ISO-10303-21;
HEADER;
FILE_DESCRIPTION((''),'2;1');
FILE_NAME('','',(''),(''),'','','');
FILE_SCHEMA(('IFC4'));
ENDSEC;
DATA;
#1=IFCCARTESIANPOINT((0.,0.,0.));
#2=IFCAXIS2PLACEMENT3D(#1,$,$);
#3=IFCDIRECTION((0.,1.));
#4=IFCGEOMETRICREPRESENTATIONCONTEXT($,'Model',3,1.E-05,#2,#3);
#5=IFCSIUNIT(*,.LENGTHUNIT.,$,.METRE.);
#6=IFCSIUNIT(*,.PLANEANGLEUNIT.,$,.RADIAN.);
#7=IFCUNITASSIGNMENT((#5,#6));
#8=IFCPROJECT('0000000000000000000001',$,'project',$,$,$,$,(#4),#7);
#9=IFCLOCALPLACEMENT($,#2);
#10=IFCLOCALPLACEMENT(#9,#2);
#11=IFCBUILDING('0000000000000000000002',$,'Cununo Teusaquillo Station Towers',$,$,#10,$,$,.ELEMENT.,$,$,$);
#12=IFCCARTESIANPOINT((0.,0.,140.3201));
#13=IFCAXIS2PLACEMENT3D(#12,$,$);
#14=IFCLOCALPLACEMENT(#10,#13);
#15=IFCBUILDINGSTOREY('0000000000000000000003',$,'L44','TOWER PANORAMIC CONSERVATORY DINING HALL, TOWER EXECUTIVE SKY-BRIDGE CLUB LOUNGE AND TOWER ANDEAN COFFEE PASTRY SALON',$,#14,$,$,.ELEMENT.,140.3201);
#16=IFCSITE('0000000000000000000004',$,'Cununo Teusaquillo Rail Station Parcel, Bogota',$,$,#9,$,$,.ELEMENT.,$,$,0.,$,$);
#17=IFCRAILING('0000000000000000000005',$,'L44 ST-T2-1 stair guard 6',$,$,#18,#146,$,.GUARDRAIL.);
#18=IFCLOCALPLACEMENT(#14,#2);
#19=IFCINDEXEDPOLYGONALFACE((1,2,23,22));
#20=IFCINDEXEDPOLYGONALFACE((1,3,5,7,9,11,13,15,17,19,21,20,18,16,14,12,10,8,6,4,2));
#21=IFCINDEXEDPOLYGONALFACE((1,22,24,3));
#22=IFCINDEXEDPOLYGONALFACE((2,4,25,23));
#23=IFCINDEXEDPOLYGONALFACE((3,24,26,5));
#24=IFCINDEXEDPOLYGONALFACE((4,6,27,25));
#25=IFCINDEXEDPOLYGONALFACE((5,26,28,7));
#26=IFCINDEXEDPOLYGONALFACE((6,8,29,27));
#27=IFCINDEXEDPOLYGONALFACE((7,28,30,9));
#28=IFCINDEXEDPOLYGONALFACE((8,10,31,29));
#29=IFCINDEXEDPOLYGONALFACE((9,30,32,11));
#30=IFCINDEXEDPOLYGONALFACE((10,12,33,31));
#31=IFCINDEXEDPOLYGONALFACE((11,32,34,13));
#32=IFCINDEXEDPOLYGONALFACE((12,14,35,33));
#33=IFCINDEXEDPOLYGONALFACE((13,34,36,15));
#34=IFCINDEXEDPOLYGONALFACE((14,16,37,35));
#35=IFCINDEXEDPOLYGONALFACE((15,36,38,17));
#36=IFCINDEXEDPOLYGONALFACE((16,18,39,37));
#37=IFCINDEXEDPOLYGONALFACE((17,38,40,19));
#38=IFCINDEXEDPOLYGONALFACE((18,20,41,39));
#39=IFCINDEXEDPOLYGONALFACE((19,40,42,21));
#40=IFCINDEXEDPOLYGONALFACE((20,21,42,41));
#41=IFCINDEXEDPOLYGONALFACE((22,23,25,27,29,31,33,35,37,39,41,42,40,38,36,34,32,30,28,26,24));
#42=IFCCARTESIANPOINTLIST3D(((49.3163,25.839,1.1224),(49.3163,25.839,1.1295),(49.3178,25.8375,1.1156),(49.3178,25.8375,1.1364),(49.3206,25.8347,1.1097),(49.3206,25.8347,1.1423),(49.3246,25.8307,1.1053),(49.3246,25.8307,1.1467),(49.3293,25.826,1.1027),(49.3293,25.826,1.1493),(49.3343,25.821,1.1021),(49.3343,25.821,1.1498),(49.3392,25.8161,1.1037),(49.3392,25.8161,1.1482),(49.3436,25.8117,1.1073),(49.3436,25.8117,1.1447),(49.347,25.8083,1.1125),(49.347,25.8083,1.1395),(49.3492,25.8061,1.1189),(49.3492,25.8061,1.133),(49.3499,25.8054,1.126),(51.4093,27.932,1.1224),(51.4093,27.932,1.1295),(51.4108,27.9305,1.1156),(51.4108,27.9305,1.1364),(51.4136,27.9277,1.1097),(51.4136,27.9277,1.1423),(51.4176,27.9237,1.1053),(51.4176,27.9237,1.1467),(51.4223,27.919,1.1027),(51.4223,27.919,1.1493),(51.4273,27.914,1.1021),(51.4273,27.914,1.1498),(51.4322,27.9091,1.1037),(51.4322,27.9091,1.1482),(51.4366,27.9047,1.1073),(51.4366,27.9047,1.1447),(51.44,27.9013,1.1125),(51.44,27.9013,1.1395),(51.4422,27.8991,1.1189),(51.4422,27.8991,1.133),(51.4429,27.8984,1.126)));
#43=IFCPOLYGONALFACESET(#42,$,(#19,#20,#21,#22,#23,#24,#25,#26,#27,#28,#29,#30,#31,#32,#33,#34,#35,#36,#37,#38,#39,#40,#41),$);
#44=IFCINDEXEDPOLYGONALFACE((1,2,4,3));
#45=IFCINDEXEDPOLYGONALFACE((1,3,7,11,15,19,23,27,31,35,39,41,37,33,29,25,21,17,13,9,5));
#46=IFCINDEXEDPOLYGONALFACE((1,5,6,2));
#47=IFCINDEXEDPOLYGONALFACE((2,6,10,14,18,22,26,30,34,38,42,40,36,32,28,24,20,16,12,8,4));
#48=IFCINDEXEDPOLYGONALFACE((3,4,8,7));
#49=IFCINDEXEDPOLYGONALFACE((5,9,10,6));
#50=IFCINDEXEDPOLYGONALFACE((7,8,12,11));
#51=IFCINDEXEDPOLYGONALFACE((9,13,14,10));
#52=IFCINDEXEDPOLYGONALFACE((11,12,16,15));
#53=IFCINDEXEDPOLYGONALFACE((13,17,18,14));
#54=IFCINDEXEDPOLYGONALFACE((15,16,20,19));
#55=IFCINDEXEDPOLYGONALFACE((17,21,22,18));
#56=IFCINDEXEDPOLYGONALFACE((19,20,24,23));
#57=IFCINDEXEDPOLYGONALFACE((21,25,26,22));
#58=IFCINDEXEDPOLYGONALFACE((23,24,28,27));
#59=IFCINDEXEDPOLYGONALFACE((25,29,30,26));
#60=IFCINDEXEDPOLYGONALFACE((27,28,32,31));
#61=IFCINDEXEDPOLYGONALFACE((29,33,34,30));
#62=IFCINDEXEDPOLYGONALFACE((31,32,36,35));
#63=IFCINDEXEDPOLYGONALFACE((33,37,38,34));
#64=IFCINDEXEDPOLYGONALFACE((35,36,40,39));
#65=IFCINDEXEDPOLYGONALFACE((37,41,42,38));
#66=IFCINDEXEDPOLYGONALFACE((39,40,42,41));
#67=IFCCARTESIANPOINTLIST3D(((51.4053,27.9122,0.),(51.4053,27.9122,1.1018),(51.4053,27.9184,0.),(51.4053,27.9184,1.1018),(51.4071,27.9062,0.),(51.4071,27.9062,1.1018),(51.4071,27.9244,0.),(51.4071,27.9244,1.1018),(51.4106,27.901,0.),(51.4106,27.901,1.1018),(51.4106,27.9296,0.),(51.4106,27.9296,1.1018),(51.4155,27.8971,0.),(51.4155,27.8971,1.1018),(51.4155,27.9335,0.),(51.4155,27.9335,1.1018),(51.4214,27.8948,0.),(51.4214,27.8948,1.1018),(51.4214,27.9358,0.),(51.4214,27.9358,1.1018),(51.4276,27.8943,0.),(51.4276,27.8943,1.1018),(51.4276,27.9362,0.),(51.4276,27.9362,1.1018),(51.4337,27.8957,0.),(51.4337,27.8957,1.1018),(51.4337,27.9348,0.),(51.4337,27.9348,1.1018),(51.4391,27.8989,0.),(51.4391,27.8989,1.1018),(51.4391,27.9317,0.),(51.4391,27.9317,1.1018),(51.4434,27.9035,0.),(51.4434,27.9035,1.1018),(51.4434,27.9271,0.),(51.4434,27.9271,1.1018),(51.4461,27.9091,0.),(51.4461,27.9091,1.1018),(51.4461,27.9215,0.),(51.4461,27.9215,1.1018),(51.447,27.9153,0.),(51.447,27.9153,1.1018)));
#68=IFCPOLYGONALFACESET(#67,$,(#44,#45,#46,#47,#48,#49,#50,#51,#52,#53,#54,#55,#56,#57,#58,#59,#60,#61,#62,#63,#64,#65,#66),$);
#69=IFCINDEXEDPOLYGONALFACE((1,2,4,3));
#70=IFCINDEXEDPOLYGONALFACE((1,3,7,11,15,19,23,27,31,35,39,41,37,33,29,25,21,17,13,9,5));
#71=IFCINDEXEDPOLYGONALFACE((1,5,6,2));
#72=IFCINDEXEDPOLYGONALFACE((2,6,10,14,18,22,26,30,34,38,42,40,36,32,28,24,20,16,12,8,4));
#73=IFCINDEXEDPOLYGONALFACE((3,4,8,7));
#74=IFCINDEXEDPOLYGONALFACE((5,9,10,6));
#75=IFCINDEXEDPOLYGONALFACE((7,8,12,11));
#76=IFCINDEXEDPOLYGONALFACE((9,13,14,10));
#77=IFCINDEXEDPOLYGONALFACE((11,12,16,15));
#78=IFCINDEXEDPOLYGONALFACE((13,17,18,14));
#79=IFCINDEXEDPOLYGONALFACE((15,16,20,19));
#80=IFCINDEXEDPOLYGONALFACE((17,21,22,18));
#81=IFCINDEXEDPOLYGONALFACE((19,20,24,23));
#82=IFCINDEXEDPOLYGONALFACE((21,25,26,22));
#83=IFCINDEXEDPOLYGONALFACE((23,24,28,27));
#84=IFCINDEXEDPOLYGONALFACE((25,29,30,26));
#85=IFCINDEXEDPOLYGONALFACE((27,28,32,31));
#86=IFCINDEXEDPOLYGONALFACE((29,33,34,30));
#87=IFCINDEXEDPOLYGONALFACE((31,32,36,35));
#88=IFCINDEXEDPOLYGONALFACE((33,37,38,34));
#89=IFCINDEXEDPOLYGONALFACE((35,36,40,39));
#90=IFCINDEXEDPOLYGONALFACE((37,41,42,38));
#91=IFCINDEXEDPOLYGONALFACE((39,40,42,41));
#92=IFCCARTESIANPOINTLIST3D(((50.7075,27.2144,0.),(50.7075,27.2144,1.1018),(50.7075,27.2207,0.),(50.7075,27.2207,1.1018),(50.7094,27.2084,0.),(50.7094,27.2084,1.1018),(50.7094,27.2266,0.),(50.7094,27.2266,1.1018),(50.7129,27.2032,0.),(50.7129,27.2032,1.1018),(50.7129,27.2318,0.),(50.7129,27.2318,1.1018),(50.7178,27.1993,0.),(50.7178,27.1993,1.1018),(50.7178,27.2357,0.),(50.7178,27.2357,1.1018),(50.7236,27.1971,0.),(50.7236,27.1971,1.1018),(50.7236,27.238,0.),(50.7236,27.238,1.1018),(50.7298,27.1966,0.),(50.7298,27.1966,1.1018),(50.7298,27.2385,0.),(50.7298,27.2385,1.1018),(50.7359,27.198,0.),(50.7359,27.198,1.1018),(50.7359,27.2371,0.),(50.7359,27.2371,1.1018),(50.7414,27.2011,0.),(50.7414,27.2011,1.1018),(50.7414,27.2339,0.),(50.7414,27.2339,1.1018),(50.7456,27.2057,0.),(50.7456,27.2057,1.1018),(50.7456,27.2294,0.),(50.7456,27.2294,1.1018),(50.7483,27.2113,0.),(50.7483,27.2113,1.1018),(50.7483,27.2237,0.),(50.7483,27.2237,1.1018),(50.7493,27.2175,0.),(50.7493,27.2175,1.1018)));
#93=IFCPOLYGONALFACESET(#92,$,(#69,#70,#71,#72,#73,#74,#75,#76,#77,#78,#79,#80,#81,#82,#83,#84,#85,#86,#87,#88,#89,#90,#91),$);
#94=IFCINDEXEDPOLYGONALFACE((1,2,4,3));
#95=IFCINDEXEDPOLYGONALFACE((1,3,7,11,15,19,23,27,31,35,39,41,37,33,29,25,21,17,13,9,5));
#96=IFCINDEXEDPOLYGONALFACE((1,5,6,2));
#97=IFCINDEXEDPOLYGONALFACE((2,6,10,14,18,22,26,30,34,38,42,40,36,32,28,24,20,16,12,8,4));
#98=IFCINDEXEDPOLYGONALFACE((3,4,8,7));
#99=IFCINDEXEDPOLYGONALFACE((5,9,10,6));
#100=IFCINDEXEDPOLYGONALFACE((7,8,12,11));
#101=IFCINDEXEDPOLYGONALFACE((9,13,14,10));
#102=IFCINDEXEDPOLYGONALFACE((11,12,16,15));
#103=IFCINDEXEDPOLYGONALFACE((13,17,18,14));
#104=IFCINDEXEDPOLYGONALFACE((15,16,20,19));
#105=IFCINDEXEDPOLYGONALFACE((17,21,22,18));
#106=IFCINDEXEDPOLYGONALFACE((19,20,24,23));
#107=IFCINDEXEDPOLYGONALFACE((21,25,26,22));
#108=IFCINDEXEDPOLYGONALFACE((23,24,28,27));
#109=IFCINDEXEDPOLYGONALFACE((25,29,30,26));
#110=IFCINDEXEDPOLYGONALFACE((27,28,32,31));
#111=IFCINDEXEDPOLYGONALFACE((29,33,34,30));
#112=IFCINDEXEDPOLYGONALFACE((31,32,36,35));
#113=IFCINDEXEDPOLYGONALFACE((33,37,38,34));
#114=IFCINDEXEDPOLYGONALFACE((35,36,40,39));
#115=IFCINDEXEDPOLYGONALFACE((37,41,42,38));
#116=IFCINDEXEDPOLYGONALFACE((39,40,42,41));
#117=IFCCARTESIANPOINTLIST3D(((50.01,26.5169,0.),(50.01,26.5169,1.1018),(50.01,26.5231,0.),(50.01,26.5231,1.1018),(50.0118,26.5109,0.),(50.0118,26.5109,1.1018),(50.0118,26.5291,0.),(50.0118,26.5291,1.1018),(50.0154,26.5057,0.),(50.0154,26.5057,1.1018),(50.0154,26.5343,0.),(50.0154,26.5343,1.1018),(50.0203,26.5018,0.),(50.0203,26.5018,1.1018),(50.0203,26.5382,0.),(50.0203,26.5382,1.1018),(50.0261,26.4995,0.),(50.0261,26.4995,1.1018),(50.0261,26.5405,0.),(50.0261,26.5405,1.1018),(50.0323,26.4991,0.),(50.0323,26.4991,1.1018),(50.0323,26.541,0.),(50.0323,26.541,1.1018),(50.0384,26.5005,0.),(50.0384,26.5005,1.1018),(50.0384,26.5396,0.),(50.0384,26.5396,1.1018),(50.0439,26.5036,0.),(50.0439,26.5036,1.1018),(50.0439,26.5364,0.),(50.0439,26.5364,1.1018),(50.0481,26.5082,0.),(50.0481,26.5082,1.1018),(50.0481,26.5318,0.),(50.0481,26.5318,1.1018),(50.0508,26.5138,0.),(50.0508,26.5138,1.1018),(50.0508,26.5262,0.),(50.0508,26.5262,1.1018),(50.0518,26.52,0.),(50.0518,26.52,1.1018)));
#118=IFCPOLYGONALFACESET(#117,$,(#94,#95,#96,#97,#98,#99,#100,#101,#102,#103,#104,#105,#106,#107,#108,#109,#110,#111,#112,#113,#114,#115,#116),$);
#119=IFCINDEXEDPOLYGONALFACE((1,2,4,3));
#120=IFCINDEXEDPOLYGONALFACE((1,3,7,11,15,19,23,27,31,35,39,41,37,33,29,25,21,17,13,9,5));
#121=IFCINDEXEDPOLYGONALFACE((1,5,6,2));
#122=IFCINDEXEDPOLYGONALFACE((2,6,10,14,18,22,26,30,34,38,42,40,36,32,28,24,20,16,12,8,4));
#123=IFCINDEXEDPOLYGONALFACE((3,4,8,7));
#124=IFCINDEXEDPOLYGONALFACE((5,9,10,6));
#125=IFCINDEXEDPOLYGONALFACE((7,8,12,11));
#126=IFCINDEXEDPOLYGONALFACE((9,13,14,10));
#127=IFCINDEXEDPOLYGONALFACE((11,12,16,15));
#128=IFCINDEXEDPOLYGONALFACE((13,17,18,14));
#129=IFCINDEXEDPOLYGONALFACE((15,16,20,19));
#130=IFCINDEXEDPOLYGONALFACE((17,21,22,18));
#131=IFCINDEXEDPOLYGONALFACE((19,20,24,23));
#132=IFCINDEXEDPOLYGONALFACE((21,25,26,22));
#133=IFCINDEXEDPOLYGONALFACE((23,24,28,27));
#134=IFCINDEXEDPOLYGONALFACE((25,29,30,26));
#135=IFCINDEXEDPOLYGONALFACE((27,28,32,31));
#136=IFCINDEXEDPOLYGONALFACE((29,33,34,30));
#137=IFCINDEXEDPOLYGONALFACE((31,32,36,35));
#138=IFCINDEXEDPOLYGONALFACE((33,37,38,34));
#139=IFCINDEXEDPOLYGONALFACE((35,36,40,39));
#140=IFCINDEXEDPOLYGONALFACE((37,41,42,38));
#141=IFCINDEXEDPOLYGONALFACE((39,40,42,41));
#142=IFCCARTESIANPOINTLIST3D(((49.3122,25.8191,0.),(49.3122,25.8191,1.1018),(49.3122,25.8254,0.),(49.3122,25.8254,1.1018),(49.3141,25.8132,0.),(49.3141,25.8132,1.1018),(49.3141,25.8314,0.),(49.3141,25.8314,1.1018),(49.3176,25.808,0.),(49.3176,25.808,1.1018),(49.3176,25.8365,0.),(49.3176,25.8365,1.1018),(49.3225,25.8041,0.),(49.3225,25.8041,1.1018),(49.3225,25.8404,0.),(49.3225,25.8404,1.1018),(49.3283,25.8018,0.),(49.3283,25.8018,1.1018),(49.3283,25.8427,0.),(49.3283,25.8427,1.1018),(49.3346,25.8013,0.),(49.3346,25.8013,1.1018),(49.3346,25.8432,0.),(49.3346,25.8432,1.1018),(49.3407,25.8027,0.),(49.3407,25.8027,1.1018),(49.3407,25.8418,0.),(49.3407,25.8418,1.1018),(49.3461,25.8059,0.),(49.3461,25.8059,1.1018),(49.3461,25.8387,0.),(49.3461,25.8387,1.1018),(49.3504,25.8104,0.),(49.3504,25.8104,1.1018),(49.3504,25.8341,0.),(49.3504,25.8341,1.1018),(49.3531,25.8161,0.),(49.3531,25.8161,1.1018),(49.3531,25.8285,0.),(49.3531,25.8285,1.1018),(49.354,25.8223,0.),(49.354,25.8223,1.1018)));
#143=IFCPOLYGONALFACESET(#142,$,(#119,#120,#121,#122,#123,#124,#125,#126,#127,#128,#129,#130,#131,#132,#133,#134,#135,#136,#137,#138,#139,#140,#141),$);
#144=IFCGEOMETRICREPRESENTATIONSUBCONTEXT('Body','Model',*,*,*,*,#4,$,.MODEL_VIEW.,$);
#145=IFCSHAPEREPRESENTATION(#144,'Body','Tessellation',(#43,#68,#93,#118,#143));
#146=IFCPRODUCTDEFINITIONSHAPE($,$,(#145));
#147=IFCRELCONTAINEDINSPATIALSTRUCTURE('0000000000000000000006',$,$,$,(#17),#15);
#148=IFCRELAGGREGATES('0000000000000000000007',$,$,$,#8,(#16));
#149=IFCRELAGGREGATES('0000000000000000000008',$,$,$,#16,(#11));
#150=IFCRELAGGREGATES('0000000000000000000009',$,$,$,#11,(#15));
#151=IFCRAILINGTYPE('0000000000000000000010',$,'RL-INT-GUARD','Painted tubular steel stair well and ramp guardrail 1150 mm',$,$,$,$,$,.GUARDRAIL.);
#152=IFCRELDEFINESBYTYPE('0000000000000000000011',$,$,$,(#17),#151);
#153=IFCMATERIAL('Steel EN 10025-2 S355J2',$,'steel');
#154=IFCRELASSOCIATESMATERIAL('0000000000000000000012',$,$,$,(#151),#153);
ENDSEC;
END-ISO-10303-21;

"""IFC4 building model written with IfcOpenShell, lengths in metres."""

from ifc_helpers import new_model, si_unit, direction, frame, origin, origin_2d, place, context, subcontext, project, spatial, circle, extrude, material, type_object, element, save


model = new_model("IFC4")

# Units and contexts
model_context = context("Model", 3, precision=1e-05, world=origin(), true_north=direction((0.0, 1.0)))
body_context = subcontext(model_context, "Body", "Model", "MODEL_VIEW")
ifc_project = project(units=[si_unit("LENGTHUNIT", "METRE"), si_unit("PLANEANGLEUNIT", "RADIAN")], contexts=[model_context])

# Site, building, storey
site_placement = place(None, origin())
site = spatial("IfcSite", under=ifc_project, at=site_placement, Name="Cununo Teusaquillo Rail Station Parcel, Bogota", CompositionType="ELEMENT", RefElevation=0.0)
building_placement = place(site_placement, origin())
building = spatial("IfcBuilding", under=site, at=building_placement, Name="Cununo Teusaquillo Station Towers", CompositionType="ELEMENT")
storey_placement = place(building_placement, frame((0.0, 0.0, 140.3201)))
storey = spatial("IfcBuildingStorey", under=building, at=storey_placement, Name="L44", Description="TOWER PANORAMIC CONSERVATORY DINING HALL, TOWER EXECUTIVE SKY-BRIDGE CLUB LOUNGE AND TOWER ANDEAN COFFEE PASTRY SALON", CompositionType="ELEMENT", Elevation=140.3201)

# Railing
ifc_material_1 = material(Name="Steel EN 10025-2 S355J2", Category="steel")
railing_type = type_object("IfcRailingType", Name="RL-INT-GUARD", Description="Painted tubular steel stair well and ramp guardrail 1150 mm", PredefinedType="GUARDRAIL", material=ifc_material_1)
railing_1_placement = place(storey_placement, frame((51.426, 27.9153, 0.0)))
element("IfcRailing", 1, at=railing_1_placement, inside=storey, type_object=railing_type, Name="L44 ST-T2-1 stair guard 6", PredefinedType="GUARDRAIL", context=body_context, shape_type="SweptSolid", body=[
    extrude(circle(Radius=0.0239, at=origin_2d()), frame((0.0, 0.0, 1.126), z_axis=(-0.707107, -0.707107, 0.0), x_axis=(0.707107, -0.707107, 0.0)), (0.0, 0.0, 1.0), 2.96),
    extrude(circle(Radius=0.021, at=origin_2d()), origin(), (0.0, 0.0, 1.0), 1.1018),
    extrude(circle(Radius=0.021, at=origin_2d()), frame((-0.6978, -0.6978, 0.0)), (0.0, 0.0, 1.0), 1.1018),
    extrude(circle(Radius=0.021, at=origin_2d()), frame((-1.3953, -1.3953, 0.0)), (0.0, 0.0, 1.0), 1.1018),
    extrude(circle(Radius=0.021, at=origin_2d()), frame((-2.093, -2.093, 0.0)), (0.0, 0.0, 1.0), 1.1018),
])

save(model, "model.ifc")
